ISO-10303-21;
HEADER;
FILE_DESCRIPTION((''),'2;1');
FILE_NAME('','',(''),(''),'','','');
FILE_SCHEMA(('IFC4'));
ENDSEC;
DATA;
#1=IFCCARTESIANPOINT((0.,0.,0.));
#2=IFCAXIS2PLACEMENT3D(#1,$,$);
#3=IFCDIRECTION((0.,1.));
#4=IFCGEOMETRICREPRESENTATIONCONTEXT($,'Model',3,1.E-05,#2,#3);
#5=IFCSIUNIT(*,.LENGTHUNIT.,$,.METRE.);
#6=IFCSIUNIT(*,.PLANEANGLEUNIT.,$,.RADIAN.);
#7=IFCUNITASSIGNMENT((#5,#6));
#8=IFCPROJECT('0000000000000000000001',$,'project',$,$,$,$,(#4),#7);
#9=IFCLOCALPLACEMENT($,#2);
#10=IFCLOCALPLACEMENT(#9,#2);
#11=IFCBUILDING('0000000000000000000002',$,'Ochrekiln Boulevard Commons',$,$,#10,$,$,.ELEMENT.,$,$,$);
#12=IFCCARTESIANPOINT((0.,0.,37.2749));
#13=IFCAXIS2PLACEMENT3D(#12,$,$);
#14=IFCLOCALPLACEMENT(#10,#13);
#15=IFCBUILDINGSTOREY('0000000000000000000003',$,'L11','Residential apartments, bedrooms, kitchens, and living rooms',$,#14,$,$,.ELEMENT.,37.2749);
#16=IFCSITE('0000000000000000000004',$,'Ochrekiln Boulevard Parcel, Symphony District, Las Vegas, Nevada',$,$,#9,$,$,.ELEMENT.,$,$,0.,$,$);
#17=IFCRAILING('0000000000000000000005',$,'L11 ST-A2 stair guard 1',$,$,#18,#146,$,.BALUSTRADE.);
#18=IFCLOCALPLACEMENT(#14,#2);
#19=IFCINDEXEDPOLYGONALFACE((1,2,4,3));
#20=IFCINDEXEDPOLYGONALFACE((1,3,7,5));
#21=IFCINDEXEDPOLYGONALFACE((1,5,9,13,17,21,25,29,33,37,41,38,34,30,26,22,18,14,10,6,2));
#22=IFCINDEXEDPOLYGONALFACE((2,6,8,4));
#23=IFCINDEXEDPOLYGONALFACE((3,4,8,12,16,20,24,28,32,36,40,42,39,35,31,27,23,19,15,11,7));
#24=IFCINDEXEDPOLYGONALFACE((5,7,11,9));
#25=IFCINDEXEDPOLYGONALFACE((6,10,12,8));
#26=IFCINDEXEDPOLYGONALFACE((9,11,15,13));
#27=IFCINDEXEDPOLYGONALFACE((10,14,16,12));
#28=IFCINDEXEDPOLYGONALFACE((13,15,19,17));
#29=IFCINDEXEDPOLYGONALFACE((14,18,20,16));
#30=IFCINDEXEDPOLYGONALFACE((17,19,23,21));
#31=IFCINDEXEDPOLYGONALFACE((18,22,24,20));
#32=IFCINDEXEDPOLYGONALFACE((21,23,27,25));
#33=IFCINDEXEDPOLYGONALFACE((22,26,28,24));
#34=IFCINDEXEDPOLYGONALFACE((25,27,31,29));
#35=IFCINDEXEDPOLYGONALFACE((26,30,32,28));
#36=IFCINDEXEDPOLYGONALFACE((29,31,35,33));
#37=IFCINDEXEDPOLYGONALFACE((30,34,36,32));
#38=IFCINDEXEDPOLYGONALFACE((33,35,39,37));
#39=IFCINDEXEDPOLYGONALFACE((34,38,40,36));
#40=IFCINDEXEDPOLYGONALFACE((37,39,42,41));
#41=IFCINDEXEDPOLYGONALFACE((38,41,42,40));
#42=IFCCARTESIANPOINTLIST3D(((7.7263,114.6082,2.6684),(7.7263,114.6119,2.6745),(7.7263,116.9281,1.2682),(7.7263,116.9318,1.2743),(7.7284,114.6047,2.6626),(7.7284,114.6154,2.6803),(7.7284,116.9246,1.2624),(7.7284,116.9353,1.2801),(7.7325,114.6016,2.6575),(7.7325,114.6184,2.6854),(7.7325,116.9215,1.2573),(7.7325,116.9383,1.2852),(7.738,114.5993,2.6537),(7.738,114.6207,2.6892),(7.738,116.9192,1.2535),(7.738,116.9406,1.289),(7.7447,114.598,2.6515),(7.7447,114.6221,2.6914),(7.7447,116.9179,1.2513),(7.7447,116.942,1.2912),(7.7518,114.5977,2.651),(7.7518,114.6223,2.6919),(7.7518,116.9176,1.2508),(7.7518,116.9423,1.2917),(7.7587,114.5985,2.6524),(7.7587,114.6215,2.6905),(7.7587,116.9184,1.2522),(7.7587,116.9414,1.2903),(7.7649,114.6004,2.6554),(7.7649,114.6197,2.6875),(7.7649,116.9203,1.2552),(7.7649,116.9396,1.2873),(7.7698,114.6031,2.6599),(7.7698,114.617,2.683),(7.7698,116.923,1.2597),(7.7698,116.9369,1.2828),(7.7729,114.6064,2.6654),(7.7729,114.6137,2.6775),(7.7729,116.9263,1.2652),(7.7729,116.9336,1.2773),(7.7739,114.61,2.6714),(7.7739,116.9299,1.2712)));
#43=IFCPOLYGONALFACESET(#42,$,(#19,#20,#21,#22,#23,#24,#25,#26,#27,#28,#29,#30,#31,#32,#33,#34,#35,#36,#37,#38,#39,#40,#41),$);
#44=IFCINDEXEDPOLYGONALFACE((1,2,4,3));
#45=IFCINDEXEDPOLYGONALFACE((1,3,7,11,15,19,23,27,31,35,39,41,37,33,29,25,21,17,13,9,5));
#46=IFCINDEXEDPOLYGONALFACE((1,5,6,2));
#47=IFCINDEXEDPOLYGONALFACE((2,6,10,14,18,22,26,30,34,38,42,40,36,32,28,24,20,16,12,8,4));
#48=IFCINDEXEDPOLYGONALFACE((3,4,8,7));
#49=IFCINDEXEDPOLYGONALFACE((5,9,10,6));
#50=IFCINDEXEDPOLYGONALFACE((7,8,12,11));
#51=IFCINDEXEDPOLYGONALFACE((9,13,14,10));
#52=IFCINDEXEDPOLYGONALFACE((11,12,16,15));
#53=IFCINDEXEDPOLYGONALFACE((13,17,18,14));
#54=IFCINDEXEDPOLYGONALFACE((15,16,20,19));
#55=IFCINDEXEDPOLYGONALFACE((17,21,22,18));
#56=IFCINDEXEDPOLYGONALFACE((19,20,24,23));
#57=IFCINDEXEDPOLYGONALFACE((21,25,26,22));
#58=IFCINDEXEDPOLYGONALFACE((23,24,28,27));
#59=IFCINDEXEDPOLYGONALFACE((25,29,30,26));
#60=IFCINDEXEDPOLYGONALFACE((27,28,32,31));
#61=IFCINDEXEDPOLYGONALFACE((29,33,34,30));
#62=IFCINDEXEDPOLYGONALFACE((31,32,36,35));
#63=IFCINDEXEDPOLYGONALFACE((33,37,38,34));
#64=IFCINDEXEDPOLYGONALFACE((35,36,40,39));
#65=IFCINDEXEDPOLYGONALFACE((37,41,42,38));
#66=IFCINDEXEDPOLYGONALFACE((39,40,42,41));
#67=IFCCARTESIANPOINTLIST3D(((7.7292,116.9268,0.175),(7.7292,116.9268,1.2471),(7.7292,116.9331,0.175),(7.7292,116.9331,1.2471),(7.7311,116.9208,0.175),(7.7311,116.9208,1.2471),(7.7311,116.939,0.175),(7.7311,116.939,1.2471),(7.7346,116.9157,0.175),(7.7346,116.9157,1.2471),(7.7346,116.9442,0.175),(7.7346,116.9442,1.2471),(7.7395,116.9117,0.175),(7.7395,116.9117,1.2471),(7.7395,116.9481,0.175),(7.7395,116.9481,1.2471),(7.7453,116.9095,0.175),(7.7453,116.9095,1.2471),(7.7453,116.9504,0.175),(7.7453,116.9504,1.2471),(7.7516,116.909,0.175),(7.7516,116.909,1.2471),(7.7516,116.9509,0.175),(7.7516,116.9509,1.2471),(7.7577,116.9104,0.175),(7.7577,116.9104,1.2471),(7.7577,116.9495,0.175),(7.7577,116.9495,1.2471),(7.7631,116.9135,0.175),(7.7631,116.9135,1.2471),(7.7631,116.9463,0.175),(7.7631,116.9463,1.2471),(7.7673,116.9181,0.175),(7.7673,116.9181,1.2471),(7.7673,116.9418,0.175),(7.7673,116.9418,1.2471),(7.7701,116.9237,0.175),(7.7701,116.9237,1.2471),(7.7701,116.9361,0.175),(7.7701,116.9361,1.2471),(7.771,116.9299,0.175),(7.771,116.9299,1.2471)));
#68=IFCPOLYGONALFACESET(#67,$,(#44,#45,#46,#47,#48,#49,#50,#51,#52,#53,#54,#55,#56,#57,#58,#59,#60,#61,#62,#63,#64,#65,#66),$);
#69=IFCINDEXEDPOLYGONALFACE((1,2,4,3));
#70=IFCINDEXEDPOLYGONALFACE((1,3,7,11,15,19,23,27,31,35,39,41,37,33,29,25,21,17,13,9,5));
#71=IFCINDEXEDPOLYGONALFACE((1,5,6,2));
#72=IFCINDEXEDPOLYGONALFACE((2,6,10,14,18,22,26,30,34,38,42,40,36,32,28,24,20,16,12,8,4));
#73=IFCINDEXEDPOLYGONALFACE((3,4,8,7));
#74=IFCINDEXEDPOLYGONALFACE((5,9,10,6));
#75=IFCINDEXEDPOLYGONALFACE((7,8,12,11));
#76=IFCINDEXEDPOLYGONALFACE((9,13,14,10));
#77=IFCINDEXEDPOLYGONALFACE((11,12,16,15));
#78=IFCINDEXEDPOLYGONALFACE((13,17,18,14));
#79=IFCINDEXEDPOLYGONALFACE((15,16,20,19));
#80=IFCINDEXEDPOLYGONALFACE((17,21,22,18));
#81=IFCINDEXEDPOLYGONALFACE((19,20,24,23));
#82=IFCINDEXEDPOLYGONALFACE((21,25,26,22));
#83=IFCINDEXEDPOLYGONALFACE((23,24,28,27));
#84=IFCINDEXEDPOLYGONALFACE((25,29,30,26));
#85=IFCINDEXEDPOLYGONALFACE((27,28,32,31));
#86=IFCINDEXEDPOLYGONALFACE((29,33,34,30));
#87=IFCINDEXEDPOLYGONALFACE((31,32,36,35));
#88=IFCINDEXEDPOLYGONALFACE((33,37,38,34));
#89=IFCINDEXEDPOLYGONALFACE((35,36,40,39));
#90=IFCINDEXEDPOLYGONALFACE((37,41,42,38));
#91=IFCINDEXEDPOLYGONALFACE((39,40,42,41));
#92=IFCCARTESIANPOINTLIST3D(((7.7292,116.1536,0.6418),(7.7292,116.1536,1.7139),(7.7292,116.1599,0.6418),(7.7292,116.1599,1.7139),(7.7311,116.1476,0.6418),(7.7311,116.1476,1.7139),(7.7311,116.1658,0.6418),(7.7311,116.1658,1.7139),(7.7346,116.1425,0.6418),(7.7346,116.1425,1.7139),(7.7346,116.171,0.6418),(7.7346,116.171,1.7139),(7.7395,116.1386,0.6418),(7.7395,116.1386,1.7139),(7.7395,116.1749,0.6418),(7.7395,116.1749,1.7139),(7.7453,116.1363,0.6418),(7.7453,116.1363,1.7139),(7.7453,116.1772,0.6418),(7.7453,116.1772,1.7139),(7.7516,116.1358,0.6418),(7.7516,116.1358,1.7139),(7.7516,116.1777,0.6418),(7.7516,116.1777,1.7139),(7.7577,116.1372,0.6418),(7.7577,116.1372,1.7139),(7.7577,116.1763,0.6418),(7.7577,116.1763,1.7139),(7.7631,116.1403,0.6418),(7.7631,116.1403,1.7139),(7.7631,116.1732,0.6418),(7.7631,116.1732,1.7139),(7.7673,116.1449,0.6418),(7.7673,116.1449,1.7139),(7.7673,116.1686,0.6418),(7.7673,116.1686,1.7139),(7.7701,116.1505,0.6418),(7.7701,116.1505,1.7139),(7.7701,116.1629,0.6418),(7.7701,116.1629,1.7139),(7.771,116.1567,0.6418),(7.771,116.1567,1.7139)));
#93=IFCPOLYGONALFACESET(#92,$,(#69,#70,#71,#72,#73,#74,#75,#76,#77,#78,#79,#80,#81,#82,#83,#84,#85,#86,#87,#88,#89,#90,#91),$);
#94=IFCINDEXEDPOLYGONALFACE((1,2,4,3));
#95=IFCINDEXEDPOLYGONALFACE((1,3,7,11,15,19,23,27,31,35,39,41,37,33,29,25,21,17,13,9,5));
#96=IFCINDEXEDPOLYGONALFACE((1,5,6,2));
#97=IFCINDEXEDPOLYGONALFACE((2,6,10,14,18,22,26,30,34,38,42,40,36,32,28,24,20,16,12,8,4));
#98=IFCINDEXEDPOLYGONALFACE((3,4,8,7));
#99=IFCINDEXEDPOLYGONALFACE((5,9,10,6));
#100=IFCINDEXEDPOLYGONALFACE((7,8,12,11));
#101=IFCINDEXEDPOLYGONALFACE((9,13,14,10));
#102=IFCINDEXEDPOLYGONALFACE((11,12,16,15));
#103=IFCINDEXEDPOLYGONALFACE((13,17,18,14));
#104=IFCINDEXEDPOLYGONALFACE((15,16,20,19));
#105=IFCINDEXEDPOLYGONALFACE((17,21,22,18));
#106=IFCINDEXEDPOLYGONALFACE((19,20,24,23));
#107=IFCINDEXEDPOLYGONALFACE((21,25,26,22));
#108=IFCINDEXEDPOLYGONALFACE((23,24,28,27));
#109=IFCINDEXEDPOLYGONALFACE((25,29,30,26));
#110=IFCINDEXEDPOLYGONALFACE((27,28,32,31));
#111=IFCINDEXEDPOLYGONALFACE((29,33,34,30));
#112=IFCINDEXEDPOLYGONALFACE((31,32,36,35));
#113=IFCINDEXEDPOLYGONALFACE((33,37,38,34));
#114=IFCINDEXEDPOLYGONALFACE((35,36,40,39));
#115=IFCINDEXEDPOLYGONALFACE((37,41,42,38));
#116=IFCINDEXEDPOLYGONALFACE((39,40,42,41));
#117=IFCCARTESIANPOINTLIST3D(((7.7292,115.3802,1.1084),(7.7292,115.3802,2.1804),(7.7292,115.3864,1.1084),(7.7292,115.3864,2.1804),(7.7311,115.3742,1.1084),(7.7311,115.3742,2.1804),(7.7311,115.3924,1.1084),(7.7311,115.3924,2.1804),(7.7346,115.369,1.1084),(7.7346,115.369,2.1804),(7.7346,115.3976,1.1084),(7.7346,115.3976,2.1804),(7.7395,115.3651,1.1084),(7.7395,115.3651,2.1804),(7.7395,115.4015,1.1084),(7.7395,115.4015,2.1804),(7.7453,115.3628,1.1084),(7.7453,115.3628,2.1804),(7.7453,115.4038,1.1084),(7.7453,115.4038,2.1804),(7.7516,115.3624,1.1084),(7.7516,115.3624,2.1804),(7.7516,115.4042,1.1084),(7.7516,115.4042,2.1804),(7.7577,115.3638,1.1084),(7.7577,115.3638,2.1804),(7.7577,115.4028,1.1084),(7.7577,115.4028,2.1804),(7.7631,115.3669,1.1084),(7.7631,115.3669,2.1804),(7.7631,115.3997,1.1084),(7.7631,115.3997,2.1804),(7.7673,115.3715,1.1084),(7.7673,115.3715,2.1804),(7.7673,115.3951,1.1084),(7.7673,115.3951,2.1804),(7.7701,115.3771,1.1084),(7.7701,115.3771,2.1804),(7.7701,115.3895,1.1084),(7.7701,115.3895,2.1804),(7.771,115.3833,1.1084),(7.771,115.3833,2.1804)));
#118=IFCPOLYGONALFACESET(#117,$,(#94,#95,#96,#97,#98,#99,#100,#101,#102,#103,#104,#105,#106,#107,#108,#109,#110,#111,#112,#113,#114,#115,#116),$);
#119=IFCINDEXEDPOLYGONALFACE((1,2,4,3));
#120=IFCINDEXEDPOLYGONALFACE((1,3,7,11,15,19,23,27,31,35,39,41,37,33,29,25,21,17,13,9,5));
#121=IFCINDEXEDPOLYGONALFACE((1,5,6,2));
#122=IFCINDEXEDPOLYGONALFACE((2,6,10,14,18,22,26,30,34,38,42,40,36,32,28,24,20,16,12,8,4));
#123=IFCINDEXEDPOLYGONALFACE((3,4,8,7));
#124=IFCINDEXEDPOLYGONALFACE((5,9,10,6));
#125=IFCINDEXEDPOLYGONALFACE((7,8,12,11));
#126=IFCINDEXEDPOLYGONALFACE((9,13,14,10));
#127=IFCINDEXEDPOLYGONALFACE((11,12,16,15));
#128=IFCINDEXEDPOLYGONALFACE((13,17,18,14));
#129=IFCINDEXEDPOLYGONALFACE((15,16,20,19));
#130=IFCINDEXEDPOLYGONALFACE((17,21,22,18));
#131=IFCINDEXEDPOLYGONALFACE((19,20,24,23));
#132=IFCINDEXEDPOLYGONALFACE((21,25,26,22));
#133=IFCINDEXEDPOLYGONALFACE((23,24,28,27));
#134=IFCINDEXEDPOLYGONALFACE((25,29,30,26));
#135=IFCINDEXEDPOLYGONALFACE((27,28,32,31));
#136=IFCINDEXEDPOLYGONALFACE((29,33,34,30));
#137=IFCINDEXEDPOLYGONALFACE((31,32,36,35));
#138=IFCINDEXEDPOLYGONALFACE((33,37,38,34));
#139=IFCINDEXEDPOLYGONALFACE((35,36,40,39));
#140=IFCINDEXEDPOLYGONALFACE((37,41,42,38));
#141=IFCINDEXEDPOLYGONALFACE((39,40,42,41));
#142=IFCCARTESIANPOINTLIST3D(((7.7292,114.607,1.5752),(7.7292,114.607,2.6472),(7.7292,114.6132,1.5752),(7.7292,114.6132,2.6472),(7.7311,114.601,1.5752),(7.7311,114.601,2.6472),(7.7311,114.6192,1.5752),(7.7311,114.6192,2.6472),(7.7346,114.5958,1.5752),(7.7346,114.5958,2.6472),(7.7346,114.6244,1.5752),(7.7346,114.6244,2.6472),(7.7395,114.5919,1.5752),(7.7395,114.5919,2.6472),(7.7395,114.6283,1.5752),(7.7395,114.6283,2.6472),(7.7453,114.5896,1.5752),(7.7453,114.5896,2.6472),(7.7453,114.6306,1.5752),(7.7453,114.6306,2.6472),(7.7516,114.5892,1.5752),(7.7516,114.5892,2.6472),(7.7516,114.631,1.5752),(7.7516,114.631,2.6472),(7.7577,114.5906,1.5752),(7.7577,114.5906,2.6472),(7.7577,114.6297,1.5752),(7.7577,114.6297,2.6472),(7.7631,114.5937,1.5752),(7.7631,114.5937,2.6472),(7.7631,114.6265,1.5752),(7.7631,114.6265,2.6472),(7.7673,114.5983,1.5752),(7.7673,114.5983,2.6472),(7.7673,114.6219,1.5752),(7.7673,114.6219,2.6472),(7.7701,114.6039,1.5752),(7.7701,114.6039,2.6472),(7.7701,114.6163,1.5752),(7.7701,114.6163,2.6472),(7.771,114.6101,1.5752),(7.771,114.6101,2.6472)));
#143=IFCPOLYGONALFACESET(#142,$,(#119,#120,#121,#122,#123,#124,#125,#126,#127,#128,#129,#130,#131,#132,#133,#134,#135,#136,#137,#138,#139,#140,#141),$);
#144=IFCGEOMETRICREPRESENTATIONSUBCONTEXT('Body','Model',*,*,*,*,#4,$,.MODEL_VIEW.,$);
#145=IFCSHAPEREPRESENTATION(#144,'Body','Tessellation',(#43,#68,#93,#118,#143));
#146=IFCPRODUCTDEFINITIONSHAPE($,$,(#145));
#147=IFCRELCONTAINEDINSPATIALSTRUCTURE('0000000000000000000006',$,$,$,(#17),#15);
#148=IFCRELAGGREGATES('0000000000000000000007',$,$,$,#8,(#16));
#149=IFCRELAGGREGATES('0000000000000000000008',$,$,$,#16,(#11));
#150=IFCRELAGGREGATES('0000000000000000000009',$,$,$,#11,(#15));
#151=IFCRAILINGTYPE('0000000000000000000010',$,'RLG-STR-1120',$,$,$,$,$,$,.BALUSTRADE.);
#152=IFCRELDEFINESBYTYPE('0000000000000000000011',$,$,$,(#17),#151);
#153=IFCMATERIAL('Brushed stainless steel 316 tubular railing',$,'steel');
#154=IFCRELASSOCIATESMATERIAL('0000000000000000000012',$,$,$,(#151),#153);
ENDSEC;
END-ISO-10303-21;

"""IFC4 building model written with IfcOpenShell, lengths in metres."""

from ifc_helpers import new_model, si_unit, direction, frame, origin, origin_2d, place, context, subcontext, project, spatial, circle, extrude, material, type_object, element, save


model = new_model("IFC4")

# Units and contexts
model_context = context("Model", 3, precision=1e-05, world=origin(), true_north=direction((0.0, 1.0)))
body_context = subcontext(model_context, "Body", "Model", "MODEL_VIEW")
ifc_project = project(units=[si_unit("LENGTHUNIT", "METRE"), si_unit("PLANEANGLEUNIT", "RADIAN")], contexts=[model_context])

# Site, building, storey
site_placement = place(None, origin())
site = spatial("IfcSite", under=ifc_project, at=site_placement, Name="Ochrekiln Boulevard Parcel, Symphony District, Las Vegas, Nevada", CompositionType="ELEMENT", RefElevation=0.0)
building_placement = place(site_placement, origin())
building = spatial("IfcBuilding", under=site, at=building_placement, Name="Ochrekiln Boulevard Commons", CompositionType="ELEMENT")
storey_placement = place(building_placement, frame((0.0, 0.0, 37.2749)))
storey = spatial("IfcBuildingStorey", under=building, at=storey_placement, Name="L11", Description="Residential apartments, bedrooms, kitchens, and living rooms", CompositionType="ELEMENT", Elevation=37.2749)

# Railing
ifc_material_1 = material(Name="Brushed stainless steel 316 tubular railing", Category="steel")
railing_type_1 = type_object("IfcRailingType", Name="RLG-STR-1120", PredefinedType="BALUSTRADE", material=ifc_material_1)
railing_1_placement = place(storey_placement, frame((7.75, 116.9299, 0.175)))
element("IfcRailing", 1, at=railing_1_placement, inside=storey, type_object=railing_type_1, Name="L11 ST-A2 stair guard 1", PredefinedType="BALUSTRADE", context=body_context, shape_type="SweptSolid", body=[
    extrude(circle(Radius=0.0239, at=origin_2d()), frame((0.0, 0.0, 1.0962), z_axis=(0.0, -0.856146, 0.516733), x_axis=(1.0, 0.0, 0.0)), (0.0, 0.0, 1.0), 2.7097),
    extrude(circle(Radius=0.021, at=origin_2d()), origin(), (0.0, 0.0, 1.0), 1.072),
    extrude(circle(Radius=0.021, at=origin_2d()), frame((0.0, -0.7732, 0.4668)), (0.0, 0.0, 1.0), 1.072),
    extrude(circle(Radius=0.021, at=origin_2d()), frame((0.0, -1.5466, 0.9333)), (0.0, 0.0, 1.0), 1.072),
    extrude(circle(Radius=0.021, at=origin_2d()), frame((0.0, -2.3198, 1.4001)), (0.0, 0.0, 1.0), 1.072),
])

save(model, "model.ifc")
